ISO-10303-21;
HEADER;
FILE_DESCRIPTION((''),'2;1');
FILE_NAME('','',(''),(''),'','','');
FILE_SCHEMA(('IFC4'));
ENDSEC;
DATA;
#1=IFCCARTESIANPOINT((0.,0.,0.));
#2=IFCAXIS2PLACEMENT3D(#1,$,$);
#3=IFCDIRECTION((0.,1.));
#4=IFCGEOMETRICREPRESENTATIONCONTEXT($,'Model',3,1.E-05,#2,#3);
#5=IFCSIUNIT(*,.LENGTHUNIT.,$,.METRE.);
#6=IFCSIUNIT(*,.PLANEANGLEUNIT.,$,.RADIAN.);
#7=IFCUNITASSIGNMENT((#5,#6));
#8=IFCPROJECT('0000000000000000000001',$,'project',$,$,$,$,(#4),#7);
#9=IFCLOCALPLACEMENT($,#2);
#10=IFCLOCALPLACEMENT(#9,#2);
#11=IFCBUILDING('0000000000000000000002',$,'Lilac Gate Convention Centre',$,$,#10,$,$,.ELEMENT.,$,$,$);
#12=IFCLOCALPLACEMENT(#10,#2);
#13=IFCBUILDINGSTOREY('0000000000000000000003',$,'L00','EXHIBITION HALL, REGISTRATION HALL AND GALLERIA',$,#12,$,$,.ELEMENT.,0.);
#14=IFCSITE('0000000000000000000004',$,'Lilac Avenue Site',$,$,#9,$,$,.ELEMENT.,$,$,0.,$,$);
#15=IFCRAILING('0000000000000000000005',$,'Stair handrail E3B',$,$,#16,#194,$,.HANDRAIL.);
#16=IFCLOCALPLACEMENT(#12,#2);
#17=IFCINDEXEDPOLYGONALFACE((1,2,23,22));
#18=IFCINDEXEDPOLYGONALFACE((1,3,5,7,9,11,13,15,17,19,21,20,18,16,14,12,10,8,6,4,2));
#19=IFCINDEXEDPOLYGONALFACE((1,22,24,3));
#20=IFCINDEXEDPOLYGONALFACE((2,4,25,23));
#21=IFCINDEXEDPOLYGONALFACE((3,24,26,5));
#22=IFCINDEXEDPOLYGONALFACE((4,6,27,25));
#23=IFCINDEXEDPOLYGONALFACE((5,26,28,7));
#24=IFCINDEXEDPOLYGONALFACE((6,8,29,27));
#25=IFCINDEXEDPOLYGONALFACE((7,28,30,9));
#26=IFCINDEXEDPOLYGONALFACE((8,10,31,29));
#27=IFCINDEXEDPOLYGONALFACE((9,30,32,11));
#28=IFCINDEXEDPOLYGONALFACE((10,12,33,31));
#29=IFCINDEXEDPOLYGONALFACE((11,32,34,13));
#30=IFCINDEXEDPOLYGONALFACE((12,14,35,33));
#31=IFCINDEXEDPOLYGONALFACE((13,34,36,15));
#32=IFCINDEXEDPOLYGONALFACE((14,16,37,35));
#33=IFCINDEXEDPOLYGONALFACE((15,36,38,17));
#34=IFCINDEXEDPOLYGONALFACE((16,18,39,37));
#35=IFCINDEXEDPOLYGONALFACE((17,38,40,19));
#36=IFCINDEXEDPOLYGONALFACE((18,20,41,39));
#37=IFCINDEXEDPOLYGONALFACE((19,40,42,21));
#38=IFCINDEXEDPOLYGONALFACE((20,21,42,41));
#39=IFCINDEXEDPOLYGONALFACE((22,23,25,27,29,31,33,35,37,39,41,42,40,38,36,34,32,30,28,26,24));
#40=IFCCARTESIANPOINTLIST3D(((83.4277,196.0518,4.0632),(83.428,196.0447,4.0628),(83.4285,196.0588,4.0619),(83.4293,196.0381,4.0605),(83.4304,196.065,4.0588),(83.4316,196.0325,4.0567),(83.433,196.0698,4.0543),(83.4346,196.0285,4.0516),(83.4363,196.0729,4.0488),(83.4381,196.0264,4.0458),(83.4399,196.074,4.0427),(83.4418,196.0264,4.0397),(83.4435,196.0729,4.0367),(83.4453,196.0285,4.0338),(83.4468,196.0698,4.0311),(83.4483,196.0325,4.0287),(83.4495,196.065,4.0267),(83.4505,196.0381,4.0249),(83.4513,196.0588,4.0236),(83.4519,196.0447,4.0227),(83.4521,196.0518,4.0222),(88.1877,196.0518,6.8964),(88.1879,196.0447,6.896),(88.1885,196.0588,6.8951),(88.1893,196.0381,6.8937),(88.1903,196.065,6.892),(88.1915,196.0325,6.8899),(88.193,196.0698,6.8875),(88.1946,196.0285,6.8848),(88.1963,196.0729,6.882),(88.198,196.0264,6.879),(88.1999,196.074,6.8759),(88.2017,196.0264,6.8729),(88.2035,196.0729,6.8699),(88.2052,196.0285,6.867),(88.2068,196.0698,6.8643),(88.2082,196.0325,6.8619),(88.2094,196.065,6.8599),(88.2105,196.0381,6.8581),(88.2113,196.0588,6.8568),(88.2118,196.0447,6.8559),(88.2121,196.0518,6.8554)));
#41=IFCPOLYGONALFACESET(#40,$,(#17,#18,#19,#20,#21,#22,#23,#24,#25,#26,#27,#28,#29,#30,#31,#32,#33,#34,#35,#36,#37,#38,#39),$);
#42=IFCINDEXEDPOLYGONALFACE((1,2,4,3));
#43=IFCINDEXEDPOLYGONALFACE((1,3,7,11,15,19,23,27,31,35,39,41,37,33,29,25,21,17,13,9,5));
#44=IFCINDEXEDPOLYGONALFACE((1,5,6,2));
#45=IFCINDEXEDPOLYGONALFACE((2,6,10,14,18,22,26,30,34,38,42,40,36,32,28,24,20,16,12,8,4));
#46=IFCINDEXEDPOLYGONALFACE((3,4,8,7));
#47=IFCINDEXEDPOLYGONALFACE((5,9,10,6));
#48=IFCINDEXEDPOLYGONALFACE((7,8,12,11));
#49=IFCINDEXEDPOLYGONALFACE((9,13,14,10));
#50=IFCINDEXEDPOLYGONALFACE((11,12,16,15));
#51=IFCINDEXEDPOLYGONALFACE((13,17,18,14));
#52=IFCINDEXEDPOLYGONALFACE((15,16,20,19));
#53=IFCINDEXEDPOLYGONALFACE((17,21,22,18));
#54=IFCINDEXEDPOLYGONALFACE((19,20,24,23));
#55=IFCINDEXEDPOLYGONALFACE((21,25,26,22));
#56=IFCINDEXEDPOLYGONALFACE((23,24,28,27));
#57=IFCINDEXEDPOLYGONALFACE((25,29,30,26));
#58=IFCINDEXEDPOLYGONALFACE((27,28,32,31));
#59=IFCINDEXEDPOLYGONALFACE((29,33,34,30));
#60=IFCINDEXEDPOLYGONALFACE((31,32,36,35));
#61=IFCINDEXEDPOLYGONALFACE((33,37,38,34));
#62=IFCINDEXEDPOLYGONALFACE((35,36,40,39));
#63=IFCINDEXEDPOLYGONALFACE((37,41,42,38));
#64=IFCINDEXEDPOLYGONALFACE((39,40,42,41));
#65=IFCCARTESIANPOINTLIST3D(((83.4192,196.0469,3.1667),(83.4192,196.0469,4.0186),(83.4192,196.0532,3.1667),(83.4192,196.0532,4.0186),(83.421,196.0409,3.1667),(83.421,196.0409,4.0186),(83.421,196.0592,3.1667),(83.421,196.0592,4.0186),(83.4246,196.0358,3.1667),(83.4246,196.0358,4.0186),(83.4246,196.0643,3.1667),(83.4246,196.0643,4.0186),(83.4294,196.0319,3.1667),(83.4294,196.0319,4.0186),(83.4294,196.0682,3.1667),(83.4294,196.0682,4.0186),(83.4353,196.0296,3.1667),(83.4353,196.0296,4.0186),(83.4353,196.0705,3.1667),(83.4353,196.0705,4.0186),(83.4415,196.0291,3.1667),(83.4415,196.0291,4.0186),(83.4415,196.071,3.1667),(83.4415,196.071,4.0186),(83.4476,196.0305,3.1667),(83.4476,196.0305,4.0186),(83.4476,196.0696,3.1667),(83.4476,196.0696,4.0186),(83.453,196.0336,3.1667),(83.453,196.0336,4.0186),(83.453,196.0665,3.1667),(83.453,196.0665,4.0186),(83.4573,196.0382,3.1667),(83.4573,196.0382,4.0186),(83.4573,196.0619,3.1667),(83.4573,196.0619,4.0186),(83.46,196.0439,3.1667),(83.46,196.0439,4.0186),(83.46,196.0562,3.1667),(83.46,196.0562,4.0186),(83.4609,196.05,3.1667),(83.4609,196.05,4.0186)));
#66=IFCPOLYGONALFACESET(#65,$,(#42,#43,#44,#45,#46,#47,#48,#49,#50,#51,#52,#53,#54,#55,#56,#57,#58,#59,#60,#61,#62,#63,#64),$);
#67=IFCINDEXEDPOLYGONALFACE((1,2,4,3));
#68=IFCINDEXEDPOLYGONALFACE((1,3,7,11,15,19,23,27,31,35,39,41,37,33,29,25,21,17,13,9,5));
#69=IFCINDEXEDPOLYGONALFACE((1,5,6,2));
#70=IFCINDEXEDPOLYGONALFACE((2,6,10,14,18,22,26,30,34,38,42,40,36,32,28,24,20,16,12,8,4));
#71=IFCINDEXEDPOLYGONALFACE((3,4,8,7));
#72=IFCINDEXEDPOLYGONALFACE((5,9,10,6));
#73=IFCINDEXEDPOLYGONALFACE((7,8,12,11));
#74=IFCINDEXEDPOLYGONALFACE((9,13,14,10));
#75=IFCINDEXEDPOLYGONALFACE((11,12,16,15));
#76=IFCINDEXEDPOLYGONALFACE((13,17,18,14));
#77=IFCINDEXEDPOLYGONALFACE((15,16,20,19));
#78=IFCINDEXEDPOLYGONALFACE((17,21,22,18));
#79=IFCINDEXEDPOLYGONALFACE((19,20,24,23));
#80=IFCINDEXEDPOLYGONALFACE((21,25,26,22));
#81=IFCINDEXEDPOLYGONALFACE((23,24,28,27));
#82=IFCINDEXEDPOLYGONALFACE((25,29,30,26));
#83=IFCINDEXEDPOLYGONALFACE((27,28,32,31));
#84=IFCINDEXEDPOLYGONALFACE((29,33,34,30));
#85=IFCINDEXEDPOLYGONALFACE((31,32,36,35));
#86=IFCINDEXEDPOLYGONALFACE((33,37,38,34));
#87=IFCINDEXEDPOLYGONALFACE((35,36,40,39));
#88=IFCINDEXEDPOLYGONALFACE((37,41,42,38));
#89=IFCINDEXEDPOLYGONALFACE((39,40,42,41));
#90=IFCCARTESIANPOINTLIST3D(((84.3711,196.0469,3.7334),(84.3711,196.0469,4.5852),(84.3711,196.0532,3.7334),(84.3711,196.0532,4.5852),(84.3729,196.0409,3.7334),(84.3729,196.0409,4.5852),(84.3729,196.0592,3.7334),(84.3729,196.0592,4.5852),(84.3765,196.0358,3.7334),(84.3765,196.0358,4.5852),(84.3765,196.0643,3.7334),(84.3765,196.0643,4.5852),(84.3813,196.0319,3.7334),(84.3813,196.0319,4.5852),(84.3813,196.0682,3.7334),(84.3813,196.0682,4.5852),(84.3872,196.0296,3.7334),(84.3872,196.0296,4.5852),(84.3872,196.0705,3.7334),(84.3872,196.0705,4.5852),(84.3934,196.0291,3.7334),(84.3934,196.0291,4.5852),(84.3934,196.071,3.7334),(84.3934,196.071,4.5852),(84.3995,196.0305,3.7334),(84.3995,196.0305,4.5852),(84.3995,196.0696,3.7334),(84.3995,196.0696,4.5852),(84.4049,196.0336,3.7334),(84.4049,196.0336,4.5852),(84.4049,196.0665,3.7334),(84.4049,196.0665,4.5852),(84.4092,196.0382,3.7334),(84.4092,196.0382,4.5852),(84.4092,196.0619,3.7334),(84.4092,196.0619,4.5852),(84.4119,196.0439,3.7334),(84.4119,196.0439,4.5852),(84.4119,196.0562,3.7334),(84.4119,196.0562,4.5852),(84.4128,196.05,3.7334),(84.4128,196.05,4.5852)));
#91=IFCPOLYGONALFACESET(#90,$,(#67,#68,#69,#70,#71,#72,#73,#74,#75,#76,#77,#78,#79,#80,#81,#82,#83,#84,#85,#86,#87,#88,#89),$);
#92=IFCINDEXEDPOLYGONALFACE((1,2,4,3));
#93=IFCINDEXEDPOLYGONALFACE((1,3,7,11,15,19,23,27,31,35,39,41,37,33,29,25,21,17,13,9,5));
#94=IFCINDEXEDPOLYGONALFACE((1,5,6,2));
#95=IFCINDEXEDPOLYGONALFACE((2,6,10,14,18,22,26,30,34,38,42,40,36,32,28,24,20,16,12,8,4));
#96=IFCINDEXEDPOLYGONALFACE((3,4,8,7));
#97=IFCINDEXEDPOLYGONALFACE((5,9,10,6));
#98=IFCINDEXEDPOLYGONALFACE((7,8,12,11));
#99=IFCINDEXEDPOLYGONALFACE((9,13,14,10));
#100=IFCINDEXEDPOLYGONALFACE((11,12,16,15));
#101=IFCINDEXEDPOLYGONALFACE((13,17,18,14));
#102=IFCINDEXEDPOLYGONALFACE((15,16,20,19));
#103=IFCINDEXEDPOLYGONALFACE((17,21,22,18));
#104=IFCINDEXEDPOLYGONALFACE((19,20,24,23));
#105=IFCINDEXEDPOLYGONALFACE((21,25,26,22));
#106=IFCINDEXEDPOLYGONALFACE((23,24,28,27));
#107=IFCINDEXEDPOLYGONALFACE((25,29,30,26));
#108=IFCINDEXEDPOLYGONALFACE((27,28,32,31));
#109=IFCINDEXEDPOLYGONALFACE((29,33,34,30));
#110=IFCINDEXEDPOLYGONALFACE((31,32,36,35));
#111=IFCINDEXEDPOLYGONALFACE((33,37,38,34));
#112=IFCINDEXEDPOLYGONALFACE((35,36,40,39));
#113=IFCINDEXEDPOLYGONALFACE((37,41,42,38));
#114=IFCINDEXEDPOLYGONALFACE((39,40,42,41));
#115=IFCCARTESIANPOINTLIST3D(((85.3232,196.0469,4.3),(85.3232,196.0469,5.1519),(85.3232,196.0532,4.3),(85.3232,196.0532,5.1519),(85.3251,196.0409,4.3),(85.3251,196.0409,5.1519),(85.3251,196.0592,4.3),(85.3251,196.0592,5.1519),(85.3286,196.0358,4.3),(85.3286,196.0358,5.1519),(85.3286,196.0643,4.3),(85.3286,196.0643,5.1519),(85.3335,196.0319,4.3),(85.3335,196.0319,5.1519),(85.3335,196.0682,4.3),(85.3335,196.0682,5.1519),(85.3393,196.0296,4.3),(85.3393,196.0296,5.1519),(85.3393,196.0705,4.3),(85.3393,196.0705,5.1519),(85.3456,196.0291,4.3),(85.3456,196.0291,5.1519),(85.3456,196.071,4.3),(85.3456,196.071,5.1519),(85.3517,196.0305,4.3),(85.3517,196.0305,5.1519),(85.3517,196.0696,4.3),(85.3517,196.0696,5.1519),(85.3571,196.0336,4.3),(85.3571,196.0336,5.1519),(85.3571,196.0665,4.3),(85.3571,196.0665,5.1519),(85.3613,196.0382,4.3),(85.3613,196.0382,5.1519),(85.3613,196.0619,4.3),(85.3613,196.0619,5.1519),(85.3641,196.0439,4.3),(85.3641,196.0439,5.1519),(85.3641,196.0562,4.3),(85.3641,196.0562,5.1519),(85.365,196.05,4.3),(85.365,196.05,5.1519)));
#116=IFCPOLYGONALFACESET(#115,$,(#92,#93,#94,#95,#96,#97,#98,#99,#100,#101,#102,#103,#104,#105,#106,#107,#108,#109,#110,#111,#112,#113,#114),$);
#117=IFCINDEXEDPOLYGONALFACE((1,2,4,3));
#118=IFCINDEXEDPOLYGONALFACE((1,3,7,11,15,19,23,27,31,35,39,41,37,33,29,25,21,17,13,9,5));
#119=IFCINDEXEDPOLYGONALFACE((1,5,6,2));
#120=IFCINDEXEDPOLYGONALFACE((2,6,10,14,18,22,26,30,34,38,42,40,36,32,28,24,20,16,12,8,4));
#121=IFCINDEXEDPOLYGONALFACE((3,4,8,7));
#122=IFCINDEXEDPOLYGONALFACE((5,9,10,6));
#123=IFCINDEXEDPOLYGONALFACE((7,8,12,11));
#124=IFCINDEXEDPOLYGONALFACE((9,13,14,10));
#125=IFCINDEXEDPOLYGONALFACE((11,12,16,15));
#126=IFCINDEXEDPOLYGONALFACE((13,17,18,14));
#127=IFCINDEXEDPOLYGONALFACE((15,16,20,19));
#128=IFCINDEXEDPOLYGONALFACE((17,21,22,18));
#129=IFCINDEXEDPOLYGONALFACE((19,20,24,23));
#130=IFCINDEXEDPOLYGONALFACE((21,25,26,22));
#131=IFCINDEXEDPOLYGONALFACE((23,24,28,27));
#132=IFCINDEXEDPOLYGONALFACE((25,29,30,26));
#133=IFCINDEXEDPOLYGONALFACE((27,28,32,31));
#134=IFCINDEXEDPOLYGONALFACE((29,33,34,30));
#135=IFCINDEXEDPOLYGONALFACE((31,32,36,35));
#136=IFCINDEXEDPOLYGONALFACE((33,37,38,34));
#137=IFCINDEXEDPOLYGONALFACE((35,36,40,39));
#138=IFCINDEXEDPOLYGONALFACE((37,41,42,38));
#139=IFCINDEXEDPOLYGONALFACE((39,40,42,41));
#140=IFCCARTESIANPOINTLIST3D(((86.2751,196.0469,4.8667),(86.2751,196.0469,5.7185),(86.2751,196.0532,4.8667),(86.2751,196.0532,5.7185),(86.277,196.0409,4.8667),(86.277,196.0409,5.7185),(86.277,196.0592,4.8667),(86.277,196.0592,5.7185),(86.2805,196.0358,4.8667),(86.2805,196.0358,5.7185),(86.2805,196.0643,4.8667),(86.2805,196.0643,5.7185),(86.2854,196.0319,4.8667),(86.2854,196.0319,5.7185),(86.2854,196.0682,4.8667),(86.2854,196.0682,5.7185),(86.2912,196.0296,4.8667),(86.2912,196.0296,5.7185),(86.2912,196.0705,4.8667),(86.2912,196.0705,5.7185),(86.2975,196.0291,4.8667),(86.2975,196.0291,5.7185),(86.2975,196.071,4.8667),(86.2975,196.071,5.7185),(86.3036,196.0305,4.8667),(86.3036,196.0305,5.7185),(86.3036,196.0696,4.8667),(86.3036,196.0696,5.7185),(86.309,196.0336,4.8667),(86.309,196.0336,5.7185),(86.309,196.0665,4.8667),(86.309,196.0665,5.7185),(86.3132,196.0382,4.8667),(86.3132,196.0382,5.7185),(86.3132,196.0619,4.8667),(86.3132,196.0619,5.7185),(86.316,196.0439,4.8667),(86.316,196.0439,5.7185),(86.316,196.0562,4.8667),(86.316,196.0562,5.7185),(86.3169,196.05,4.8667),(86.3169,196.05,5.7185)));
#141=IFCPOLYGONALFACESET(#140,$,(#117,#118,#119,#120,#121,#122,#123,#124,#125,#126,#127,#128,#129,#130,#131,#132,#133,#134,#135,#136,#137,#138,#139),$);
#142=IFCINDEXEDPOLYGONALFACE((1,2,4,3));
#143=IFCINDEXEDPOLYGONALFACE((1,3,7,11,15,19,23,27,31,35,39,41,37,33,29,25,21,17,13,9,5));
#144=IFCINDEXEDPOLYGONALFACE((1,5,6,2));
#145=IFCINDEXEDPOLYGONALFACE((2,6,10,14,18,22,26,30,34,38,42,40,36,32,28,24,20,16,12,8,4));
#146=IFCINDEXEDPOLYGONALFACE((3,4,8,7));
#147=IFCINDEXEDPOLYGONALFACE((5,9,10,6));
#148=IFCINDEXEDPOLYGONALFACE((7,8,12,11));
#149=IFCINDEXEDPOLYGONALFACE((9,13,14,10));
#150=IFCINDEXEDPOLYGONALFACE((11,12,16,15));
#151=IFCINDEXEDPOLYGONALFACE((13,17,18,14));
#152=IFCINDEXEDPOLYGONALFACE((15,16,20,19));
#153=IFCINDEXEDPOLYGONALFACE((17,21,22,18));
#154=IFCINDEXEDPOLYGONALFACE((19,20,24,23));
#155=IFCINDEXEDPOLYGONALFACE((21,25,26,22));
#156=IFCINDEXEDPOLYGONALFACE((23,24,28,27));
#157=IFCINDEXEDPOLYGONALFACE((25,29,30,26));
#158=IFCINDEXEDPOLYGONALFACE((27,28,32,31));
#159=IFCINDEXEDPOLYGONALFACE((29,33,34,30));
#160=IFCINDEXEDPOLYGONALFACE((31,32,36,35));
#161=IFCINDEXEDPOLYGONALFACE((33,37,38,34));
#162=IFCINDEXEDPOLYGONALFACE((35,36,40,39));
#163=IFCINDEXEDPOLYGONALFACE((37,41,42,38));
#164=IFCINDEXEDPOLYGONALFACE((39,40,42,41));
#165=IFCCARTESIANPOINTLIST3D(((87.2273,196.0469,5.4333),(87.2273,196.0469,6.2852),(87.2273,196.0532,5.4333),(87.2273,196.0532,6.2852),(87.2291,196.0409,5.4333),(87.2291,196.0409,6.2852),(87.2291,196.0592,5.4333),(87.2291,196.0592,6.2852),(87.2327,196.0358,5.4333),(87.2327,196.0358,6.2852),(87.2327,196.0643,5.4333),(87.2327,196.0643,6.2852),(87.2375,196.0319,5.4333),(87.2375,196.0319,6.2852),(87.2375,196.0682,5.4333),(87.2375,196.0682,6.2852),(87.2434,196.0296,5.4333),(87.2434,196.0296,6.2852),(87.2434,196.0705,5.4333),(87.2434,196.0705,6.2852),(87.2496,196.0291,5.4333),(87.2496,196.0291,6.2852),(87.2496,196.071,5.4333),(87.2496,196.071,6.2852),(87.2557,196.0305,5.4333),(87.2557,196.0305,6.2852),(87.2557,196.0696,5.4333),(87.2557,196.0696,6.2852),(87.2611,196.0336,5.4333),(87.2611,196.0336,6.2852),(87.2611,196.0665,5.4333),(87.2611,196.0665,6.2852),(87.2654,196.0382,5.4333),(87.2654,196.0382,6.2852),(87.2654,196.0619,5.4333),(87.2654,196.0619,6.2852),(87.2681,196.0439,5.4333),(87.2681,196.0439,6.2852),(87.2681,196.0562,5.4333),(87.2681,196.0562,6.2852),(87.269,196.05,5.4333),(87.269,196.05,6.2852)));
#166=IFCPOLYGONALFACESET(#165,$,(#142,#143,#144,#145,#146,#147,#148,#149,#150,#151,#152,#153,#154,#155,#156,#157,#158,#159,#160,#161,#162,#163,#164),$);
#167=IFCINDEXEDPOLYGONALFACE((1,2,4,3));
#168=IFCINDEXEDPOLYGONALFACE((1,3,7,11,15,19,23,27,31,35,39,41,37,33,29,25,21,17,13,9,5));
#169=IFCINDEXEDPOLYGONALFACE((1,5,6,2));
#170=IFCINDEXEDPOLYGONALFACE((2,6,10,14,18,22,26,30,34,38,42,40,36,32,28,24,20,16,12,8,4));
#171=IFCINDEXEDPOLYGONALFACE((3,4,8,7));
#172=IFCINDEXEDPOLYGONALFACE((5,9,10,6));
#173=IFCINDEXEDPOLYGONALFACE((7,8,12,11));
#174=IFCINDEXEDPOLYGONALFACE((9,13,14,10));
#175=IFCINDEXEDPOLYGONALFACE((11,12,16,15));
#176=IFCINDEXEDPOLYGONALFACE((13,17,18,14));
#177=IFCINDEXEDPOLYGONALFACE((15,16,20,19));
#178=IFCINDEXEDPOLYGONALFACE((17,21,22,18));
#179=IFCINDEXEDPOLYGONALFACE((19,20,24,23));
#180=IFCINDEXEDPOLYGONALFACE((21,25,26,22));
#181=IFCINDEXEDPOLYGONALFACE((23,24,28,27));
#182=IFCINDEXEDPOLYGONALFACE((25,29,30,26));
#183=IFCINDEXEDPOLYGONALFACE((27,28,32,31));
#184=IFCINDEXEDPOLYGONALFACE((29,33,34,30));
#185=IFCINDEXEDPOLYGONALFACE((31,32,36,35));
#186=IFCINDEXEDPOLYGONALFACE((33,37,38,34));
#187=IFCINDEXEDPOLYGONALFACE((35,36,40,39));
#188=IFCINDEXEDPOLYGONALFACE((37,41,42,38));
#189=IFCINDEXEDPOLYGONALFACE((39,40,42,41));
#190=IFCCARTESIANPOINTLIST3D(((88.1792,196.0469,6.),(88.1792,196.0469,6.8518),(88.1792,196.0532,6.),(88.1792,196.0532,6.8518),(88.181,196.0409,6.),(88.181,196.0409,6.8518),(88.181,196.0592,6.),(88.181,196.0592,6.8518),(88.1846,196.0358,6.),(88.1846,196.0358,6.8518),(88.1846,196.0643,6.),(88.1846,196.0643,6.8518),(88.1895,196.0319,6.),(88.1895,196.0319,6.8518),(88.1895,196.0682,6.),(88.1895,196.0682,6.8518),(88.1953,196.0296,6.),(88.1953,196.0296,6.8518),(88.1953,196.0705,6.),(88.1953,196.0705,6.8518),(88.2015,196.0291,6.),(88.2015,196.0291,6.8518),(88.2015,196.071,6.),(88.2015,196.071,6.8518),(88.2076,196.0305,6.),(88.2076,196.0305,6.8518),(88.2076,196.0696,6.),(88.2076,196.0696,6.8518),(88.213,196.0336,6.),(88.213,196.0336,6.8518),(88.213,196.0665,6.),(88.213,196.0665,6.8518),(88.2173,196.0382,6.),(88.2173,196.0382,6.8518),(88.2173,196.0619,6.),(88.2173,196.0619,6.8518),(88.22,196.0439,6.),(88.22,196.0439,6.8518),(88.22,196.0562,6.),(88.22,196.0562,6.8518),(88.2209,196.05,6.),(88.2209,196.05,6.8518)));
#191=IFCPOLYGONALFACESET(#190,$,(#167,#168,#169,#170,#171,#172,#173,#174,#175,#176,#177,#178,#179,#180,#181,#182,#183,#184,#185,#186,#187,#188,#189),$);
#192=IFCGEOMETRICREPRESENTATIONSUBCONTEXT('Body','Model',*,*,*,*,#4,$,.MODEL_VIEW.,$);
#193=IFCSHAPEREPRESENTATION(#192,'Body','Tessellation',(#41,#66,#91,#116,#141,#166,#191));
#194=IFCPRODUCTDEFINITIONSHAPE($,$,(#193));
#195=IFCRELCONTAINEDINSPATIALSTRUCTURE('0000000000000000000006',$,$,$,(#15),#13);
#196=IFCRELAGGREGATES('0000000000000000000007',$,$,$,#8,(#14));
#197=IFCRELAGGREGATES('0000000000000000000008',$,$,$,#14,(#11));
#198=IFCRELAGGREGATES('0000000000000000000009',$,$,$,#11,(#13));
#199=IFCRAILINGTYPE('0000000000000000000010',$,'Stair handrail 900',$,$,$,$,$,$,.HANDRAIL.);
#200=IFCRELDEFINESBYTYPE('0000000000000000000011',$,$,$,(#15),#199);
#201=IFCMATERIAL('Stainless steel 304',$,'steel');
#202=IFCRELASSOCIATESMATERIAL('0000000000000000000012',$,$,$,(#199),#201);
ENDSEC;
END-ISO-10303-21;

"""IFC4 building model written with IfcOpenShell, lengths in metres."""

from ifc_helpers import new_model, si_unit, direction, frame, origin, origin_2d, place, context, subcontext, project, spatial, circle, extrude, material, type_object, element, save


model = new_model("IFC4")

# Units and contexts
model_context = context("Model", 3, precision=1e-05, world=origin(), true_north=direction((0.0, 1.0)))
body_context = subcontext(model_context, "Body", "Model", "MODEL_VIEW")
ifc_project = project(units=[si_unit("LENGTHUNIT", "METRE"), si_unit("PLANEANGLEUNIT", "RADIAN")], contexts=[model_context])

# Site, building, storey
site_placement = place(None, origin())
site = spatial("IfcSite", under=ifc_project, at=site_placement, Name="Lilac Avenue Site", CompositionType="ELEMENT", RefElevation=0.0)
building_placement = place(site_placement, origin())
building = spatial("IfcBuilding", under=site, at=building_placement, Name="Lilac Gate Convention Centre", CompositionType="ELEMENT")
storey_placement = place(building_placement, origin())
storey = spatial("IfcBuildingStorey", under=building, at=storey_placement, Name="L00", Description="EXHIBITION HALL, REGISTRATION HALL AND GALLERIA", CompositionType="ELEMENT", Elevation=0.0)

# Railing
ifc_material_1 = material(Name="Stainless steel 304", Category="steel")
railing_type_1 = type_object("IfcRailingType", Name="Stair handrail 900", PredefinedType="HANDRAIL", material=ifc_material_1)
railing_1_placement = place(storey_placement, frame((83.4399, 196.05, 3.1667)))
element("IfcRailing", 1, at=railing_1_placement, inside=storey, type_object=railing_type_1, Name="Stair handrail E3B", PredefinedType="HANDRAIL", context=body_context, shape_type="SweptSolid", body=[
    extrude(circle(Radius=0.0239, at=origin_2d()), frame((0.0, 0.0, 0.876), z_axis=(0.8593, 0.0, 0.511472), x_axis=(0.0, 1.0, 0.0)), (0.0, 0.0, 1.0), 5.5393),
    extrude(circle(Radius=0.021, at=origin_2d()), origin(), (0.0, 0.0, 1.0), 0.8518),
    extrude(circle(Radius=0.021, at=origin_2d()), frame((0.9519, 0.0, 0.5667)), (0.0, 0.0, 1.0), 0.8518),
    extrude(circle(Radius=0.021, at=origin_2d()), frame((1.9041, 0.0, 1.1333)), (0.0, 0.0, 1.0), 0.8518),
    extrude(circle(Radius=0.021, at=origin_2d()), frame((2.856, 0.0, 1.7)), (0.0, 0.0, 1.0), 0.8518),
    extrude(circle(Radius=0.021, at=origin_2d()), frame((3.8081, 0.0, 2.2666)), (0.0, 0.0, 1.0), 0.8518),
    extrude(circle(Radius=0.021, at=origin_2d()), frame((4.76, 0.0, 2.8333)), (0.0, 0.0, 1.0), 0.8518),
])

save(model, "model.ifc")
